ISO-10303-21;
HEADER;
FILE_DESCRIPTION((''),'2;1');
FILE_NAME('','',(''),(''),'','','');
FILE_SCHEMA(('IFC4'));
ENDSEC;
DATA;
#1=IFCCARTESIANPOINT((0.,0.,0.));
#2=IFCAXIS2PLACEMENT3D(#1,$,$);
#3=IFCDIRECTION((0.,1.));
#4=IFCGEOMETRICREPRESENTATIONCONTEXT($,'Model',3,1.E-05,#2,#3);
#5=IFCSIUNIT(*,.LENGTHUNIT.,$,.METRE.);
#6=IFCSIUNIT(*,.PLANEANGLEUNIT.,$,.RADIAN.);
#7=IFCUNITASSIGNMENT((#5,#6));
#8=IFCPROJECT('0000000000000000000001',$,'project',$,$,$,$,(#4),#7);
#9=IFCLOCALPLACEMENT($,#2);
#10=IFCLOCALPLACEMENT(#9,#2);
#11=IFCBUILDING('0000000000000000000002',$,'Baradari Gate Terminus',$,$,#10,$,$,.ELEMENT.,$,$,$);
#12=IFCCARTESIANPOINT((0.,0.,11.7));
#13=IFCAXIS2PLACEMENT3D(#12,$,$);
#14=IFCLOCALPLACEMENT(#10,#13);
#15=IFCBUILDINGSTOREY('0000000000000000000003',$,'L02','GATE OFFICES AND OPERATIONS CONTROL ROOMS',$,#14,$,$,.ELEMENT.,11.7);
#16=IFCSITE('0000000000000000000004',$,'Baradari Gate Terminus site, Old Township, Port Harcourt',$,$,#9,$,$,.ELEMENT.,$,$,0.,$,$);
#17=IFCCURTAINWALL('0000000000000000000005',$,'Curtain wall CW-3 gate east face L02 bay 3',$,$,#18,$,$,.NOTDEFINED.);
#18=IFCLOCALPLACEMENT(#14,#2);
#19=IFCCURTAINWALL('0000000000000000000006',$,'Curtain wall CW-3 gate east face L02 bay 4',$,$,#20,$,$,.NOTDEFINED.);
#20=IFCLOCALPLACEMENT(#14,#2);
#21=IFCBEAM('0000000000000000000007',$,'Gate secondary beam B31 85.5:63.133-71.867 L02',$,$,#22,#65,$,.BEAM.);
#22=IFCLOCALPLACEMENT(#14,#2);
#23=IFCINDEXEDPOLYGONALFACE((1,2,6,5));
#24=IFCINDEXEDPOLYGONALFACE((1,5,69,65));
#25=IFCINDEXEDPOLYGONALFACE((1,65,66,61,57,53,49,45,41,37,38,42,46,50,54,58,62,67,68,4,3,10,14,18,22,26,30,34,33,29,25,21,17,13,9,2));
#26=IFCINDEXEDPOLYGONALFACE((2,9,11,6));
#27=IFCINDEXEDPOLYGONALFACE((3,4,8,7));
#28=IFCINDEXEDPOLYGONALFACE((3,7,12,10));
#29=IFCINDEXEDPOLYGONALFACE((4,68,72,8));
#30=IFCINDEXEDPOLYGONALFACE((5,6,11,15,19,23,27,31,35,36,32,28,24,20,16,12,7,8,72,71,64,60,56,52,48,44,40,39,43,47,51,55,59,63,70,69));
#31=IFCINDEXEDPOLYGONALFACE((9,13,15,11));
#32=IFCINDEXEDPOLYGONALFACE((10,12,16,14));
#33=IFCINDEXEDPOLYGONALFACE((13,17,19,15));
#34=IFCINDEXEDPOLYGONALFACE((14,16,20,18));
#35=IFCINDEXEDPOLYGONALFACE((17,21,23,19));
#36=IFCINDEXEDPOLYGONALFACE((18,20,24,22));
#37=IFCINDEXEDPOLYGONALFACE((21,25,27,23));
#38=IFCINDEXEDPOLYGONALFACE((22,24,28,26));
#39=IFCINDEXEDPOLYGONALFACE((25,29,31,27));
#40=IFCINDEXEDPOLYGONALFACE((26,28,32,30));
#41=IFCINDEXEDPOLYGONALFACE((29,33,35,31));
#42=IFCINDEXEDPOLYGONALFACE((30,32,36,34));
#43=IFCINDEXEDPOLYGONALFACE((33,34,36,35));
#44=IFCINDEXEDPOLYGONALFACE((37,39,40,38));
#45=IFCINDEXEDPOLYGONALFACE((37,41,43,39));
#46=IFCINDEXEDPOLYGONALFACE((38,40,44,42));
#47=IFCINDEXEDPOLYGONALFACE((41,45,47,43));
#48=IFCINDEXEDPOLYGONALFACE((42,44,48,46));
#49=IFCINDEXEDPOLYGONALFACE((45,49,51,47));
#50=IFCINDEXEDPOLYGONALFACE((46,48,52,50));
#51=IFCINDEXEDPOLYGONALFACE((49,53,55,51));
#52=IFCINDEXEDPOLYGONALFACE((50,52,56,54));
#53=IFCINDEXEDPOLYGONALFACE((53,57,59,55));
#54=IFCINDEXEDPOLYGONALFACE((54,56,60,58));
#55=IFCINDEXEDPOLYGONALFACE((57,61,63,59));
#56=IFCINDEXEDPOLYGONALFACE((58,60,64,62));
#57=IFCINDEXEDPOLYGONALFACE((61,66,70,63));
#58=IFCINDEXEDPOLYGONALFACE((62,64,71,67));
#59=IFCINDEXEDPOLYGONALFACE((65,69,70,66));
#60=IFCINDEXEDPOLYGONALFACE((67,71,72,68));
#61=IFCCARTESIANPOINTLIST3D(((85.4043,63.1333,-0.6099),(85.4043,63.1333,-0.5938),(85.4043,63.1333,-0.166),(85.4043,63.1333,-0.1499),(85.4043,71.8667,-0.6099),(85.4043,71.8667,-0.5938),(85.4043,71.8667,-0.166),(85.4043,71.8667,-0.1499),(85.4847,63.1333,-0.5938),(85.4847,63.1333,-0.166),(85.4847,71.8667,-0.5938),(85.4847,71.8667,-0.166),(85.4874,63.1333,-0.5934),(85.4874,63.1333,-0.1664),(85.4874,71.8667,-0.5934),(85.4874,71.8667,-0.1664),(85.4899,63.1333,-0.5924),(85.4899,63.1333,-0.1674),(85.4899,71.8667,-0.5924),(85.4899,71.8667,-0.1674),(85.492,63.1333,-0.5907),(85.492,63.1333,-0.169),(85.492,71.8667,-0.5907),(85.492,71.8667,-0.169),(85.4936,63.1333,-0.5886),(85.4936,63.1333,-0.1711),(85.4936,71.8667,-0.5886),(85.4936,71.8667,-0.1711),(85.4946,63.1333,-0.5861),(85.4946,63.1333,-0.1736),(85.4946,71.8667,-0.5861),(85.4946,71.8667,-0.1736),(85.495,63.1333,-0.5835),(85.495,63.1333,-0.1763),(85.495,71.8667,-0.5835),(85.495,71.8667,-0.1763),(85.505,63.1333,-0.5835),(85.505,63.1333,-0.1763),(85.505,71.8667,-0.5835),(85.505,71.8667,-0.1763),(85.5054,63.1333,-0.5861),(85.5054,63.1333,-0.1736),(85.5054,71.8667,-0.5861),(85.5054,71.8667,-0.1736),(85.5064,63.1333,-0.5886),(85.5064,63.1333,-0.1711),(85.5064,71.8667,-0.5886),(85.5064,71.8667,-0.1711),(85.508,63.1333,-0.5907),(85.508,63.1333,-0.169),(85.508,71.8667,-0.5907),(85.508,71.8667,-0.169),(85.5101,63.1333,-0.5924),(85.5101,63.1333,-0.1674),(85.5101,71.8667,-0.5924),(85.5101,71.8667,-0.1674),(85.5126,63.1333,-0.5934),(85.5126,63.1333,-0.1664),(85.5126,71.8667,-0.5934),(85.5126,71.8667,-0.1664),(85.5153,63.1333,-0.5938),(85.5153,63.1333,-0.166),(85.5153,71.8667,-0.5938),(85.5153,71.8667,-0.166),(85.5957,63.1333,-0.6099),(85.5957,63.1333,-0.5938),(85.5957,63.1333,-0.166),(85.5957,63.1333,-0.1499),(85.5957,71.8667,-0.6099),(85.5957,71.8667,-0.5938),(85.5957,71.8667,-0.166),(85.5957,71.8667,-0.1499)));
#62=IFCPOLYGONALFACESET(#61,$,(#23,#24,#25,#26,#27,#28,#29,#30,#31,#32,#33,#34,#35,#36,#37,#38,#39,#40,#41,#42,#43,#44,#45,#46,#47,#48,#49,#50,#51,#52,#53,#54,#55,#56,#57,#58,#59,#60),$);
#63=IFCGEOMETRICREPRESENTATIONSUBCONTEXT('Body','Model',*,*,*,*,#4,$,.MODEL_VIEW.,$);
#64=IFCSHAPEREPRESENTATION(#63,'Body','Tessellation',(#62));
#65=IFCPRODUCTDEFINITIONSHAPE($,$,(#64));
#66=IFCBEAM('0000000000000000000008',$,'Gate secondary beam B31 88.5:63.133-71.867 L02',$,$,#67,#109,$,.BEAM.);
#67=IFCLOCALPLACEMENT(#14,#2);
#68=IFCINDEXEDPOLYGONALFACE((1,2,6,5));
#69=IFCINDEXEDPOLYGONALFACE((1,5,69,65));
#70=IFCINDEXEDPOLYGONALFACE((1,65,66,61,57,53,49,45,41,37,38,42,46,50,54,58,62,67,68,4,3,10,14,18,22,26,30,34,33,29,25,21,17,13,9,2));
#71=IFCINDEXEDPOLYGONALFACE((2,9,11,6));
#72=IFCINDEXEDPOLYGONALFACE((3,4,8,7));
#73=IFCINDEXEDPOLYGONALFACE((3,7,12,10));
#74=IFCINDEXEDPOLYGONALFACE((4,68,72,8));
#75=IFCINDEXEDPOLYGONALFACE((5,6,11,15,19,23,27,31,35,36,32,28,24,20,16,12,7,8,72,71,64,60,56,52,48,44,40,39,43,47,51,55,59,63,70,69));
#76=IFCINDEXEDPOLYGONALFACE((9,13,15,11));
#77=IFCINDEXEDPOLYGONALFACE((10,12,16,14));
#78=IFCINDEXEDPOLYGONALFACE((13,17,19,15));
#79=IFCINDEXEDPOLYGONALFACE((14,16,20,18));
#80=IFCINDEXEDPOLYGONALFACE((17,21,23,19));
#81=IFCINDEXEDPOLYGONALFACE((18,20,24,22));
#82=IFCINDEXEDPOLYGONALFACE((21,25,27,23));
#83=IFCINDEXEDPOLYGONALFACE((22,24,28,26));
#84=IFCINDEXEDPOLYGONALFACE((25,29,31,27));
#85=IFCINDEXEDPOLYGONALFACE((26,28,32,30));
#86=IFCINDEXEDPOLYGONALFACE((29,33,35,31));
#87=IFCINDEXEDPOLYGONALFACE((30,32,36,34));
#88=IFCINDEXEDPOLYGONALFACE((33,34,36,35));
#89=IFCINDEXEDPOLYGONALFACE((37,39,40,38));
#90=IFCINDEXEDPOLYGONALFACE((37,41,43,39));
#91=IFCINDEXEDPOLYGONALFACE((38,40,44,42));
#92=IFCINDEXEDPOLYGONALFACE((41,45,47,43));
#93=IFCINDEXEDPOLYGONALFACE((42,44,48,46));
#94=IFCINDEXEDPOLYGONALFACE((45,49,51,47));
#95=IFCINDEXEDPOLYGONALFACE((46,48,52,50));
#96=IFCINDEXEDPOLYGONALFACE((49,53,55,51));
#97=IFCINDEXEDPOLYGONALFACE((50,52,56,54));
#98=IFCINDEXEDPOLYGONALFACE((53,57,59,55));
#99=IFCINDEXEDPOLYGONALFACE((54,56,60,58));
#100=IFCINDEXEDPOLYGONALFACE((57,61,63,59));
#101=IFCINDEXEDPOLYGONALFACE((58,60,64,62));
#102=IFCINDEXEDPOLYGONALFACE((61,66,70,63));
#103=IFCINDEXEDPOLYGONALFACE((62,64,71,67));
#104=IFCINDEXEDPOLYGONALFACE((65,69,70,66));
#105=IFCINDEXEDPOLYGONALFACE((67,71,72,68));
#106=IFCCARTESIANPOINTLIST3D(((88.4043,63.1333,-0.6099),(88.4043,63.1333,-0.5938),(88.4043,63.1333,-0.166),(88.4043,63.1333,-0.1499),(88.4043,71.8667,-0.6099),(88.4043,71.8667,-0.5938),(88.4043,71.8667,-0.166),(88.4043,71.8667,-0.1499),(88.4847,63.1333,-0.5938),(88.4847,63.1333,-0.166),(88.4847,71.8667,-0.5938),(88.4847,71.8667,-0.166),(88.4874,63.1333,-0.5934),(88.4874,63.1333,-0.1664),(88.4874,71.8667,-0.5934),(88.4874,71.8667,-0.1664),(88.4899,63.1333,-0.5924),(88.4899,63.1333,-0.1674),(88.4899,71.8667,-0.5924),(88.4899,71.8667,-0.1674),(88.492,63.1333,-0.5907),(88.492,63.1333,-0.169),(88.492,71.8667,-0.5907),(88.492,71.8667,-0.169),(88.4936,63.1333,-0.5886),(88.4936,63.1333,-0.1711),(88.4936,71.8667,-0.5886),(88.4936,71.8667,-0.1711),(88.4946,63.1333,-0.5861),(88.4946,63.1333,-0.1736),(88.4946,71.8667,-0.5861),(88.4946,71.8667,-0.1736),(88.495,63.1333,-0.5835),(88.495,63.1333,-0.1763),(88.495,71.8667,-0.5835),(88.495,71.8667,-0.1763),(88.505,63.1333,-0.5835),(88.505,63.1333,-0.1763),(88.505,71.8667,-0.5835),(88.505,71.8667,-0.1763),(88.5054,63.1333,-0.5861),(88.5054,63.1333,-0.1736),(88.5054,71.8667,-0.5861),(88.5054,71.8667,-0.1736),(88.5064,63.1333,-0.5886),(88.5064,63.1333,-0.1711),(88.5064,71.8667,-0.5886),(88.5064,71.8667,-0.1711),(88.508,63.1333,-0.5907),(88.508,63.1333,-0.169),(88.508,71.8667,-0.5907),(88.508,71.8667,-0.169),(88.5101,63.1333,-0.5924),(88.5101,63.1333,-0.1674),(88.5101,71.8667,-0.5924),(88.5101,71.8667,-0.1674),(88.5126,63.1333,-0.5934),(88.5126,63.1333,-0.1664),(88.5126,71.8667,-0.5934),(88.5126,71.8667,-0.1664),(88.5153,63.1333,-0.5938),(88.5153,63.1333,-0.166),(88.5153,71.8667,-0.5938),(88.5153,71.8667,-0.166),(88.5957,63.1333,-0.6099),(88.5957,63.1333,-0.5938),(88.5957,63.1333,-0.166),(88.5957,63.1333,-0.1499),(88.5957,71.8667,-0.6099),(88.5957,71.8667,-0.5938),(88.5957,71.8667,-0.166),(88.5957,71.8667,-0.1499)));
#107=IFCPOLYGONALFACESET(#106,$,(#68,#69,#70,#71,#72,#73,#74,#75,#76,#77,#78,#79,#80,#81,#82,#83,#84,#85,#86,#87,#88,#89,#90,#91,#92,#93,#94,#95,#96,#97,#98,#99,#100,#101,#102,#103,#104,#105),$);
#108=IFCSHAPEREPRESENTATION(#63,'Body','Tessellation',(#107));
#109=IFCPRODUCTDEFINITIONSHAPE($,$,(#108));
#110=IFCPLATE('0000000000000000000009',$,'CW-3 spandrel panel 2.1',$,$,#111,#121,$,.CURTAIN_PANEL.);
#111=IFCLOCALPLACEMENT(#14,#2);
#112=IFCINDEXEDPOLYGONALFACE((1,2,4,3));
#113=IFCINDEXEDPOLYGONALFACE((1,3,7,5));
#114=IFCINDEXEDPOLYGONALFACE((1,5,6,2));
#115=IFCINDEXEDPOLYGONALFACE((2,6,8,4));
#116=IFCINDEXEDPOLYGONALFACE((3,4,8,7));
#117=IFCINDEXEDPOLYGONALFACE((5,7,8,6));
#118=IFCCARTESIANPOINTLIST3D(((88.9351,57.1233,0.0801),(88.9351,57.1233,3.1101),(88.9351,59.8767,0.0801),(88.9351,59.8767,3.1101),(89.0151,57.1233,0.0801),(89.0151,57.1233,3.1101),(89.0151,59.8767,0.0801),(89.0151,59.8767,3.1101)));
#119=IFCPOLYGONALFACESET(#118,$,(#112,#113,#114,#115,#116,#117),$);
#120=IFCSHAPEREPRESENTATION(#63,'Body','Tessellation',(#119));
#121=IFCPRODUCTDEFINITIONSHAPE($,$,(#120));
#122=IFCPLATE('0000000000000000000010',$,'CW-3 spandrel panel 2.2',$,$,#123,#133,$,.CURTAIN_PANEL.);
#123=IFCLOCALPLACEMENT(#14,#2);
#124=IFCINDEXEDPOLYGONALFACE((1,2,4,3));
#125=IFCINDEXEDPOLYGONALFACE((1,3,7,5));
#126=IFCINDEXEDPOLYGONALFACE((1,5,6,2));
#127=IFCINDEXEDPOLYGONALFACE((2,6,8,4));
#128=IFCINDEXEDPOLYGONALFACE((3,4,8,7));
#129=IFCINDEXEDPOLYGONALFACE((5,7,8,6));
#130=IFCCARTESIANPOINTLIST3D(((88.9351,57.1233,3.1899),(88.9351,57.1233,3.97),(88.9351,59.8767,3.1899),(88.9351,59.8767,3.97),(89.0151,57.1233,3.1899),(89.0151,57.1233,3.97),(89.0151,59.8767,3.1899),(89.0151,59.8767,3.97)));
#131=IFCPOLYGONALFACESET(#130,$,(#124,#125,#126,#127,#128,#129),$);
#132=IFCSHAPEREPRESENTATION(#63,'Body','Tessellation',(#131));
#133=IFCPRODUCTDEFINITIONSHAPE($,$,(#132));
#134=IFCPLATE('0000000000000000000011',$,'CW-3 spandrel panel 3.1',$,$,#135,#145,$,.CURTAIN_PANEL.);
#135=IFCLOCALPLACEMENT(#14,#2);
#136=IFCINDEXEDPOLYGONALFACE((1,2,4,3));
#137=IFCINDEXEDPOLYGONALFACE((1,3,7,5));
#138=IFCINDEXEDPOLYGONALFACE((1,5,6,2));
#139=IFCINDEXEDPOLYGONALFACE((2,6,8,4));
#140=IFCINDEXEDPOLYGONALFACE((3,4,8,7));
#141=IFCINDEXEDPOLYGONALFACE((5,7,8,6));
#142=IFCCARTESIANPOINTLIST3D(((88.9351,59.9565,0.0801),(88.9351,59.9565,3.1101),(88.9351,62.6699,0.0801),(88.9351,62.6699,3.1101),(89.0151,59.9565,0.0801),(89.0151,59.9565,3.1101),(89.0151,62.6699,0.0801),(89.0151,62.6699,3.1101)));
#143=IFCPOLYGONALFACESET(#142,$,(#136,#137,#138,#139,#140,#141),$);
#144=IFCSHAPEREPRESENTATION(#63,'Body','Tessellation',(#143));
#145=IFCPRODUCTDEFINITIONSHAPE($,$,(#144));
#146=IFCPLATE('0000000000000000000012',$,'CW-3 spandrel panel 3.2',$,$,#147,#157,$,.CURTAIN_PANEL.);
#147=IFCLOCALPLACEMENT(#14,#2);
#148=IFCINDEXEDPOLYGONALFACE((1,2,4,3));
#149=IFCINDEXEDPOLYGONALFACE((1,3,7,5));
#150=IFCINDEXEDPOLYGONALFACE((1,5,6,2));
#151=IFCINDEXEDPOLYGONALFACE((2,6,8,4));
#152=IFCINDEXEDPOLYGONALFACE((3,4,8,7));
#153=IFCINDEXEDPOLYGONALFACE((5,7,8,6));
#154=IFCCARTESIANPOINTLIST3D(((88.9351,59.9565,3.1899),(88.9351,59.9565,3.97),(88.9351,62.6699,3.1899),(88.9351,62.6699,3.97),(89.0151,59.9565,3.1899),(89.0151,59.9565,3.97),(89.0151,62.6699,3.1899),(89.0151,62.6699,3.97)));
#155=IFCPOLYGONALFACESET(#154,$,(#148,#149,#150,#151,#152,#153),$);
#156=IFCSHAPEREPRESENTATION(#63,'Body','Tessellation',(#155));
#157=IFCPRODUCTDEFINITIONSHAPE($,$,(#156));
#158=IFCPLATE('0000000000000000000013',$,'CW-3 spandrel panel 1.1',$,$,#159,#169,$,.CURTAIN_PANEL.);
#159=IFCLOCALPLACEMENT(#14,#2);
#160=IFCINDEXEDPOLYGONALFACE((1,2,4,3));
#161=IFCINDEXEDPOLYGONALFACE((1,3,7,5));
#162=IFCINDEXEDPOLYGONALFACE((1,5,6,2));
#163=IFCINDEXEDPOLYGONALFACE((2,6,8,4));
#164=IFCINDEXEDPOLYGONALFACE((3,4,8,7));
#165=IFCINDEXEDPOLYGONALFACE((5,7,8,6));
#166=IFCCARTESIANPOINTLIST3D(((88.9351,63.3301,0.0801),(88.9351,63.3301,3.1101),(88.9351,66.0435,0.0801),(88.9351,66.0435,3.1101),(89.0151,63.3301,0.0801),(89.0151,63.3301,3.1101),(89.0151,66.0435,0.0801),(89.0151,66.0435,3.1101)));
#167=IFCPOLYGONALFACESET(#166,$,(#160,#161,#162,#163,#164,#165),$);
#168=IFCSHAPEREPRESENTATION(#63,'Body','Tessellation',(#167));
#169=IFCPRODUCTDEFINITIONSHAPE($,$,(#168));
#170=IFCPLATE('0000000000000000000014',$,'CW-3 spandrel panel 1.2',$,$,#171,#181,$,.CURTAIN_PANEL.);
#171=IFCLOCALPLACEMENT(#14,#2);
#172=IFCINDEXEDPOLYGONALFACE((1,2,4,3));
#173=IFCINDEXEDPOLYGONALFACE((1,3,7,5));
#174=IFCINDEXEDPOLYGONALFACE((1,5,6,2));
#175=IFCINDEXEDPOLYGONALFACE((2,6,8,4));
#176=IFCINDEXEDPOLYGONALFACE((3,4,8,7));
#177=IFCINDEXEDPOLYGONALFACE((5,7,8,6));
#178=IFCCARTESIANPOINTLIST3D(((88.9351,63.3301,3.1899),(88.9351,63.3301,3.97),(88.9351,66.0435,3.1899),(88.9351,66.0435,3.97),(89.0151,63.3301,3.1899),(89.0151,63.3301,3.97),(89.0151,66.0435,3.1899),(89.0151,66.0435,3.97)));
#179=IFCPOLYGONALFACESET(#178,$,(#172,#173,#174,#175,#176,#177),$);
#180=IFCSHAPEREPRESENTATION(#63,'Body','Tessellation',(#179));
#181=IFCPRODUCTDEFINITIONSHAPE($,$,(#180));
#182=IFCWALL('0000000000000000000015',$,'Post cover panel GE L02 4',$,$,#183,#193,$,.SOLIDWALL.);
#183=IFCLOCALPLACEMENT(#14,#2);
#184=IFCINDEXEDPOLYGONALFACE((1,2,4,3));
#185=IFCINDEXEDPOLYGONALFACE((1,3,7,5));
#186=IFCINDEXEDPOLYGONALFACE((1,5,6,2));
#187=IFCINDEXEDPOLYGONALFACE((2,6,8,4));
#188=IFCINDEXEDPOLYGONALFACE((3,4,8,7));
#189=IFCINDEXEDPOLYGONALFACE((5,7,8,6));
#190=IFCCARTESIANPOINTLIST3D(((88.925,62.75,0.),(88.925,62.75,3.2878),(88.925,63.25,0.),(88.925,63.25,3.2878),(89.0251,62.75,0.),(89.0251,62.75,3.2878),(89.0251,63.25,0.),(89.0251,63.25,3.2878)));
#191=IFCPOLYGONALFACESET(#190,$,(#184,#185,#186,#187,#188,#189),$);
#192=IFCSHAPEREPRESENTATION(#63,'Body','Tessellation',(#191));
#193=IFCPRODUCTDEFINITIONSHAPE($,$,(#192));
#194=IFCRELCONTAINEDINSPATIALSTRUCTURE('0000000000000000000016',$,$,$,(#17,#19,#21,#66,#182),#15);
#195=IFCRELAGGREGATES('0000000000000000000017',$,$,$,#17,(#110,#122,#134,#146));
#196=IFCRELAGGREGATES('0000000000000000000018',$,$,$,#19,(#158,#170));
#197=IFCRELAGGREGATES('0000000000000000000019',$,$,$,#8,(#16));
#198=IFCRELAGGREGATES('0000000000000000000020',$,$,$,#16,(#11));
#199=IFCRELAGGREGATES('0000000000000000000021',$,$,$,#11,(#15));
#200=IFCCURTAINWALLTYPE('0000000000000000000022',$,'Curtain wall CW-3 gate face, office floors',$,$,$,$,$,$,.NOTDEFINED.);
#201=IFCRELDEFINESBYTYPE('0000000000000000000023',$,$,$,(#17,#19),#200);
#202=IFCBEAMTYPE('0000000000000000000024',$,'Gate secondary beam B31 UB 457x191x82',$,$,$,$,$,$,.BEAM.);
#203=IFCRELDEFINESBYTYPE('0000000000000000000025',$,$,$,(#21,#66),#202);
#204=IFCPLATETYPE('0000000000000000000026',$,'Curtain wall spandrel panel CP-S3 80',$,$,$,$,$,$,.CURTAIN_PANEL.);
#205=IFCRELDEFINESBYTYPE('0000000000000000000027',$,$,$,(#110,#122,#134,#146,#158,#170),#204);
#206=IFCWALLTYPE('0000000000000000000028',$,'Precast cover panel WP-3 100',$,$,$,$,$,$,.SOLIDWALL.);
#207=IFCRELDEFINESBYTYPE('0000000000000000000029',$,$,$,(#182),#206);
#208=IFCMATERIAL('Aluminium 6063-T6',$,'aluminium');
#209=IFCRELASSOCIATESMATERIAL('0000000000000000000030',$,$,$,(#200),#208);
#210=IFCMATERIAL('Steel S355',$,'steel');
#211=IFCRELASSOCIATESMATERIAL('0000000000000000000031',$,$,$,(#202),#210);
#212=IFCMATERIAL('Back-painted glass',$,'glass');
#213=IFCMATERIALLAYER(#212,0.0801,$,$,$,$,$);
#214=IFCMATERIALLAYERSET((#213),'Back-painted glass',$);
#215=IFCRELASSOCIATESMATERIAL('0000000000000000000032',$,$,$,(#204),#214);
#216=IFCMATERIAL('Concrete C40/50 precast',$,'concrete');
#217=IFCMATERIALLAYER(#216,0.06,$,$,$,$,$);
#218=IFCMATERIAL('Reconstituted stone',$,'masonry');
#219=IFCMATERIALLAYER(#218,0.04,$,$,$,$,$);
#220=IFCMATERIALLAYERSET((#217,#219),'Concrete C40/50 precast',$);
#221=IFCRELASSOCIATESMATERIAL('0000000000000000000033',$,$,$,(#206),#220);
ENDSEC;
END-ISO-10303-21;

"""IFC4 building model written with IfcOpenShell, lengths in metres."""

from ifc_helpers import new_model, si_unit, direction, frame, frame_2d, origin, origin_2d, place, context, subcontext, project, spatial, rectangle, i_section, extrude, material, layer, layer_set, material_profile, profile_set, type_object, element, aggregate, save


model = new_model("IFC4")

# Units and contexts
model_context = context("Model", 3, precision=1e-05, world=origin(), true_north=direction((0.0, 1.0)))
body_context = subcontext(model_context, "Body", "Model", "MODEL_VIEW")
ifc_project = project(units=[si_unit("LENGTHUNIT", "METRE"), si_unit("PLANEANGLEUNIT", "RADIAN")], contexts=[model_context])

# Site, building, storey
site_placement = place(None, origin())
site = spatial("IfcSite", under=ifc_project, at=site_placement, Name="Baradari Gate Terminus site, Old Township, Port Harcourt", CompositionType="ELEMENT", RefElevation=0.0)
building_placement = place(site_placement, origin())
building = spatial("IfcBuilding", under=site, at=building_placement, Name="Baradari Gate Terminus", CompositionType="ELEMENT")
storey_placement = place(building_placement, frame((0.0, 0.0, 11.7)))
storey = spatial("IfcBuildingStorey", under=building, at=storey_placement, Name="L02", Description="GATE OFFICES AND OPERATIONS CONTROL ROOMS", CompositionType="ELEMENT", Elevation=11.7)

# Curtain walls
ifc_material_1 = material(Name="Aluminium 6063-T6", Category="aluminium")
curtain_wall_type = type_object("IfcCurtainWallType", Name="Curtain wall CW-3 gate face, office floors", PredefinedType="NOTDEFINED", material=ifc_material_1)
curtain_wall_1_placement = place(storey_placement, origin())
curtain_wall_1 = element("IfcCurtainWall", 1, at=curtain_wall_1_placement, inside=storey, type_object=curtain_wall_type, Name="Curtain wall CW-3 gate east face L02 bay 3", PredefinedType="NOTDEFINED")
curtain_wall_2_placement = place(storey_placement, origin())
curtain_wall_2 = element("IfcCurtainWall", 2, at=curtain_wall_2_placement, inside=storey, type_object=curtain_wall_type, Name="Curtain wall CW-3 gate east face L02 bay 4", PredefinedType="NOTDEFINED")

# Beams
ifc_material_2 = material(Name="Steel S355", Category="steel")
ifc_material_profile_1 = material_profile(ifc_material_2, i_section(OverallWidth=0.1914, OverallDepth=0.46, WebThickness=0.01, FlangeThickness=0.0161, FilletRadius=0.0103, at=origin_2d()), Name="UB 457x191x82")
ifc_profile_set_1 = profile_set([ifc_material_profile_1], Name="Steel S355")
beam_type = type_object("IfcBeamType", Name="Gate secondary beam B31 UB 457x191x82", PredefinedType="BEAM", material=ifc_profile_set_1)
for number, where, z_axis, x_axis, name in (
    (3, (85.5, 63.1333, -0.3799), (0.0, 1.0, 0.0), (-1.0, 0.0, 0.0), "Gate secondary beam B31 85.5:63.133-71.867 L02"),
    (4, (88.5, 63.1333, -0.3799), (0.0, 1.0, 0.0), (-1.0, 0.0, 0.0), "Gate secondary beam B31 88.5:63.133-71.867 L02"),
):
    element("IfcBeam", number, at=place(storey_placement, frame(where, z_axis=z_axis, x_axis=x_axis)), inside=storey, type_object=beam_type, Name=name, PredefinedType="BEAM", context=body_context, shape_type="SweptSolid", body=[
        extrude(i_section(OverallWidth=0.1914, OverallDepth=0.46, WebThickness=0.01, FlangeThickness=0.0161, FilletRadius=0.0103, at=origin_2d()), origin(), (0.0, 0.0, 1.0), 8.7334),
    ])

# Plates
ifc_material_3 = material(Name="Back-painted glass", Category="glass")
ifc_layer_1 = layer(ifc_material_3, 0.0801)
ifc_layer_set_1 = layer_set([ifc_layer_1], Name="Back-painted glass")
plate_type = type_object("IfcPlateType", Name="Curtain wall spandrel panel CP-S3 80", PredefinedType="CURTAIN_PANEL", material=ifc_layer_set_1)
plate_1_placement = place(storey_placement, frame((88.9751, 58.5, 0.0801), z_axis=(0.0, 0.0, 1.0), x_axis=(0.0, 1.0, 0.0)))
plate_1 = element("IfcPlate", 5, at=plate_1_placement, type_object=plate_type, Name="CW-3 spandrel panel 2.1", PredefinedType="CURTAIN_PANEL", context=body_context, shape_type="SweptSolid", body=[
    extrude(rectangle(XDim=2.7534, YDim=0.0801, at=origin_2d()), origin(), (0.0, 0.0, 1.0), 3.03),
])
plate_2_placement = place(storey_placement, frame((88.9751, 58.5, 3.1899), z_axis=(0.0, 0.0, 1.0), x_axis=(0.0, 1.0, 0.0)))
plate_2 = element("IfcPlate", 6, at=plate_2_placement, type_object=plate_type, Name="CW-3 spandrel panel 2.2", PredefinedType="CURTAIN_PANEL", context=body_context, shape_type="SweptSolid", body=[
    extrude(rectangle(XDim=2.7534, YDim=0.0801, at=origin_2d()), origin(), (0.0, 0.0, 1.0), 0.78),
])
plate_3_placement = place(storey_placement, frame((88.9751, 61.3132, 0.0801), z_axis=(0.0, 0.0, 1.0), x_axis=(0.0, 1.0, 0.0)))
plate_3 = element("IfcPlate", 7, at=plate_3_placement, type_object=plate_type, Name="CW-3 spandrel panel 3.1", PredefinedType="CURTAIN_PANEL", context=body_context, shape_type="SweptSolid", body=[
    extrude(rectangle(XDim=2.7134, YDim=0.0801, at=origin_2d()), origin(), (0.0, 0.0, 1.0), 3.03),
])
plate_4_placement = place(storey_placement, frame((88.9751, 61.3132, 3.1899), z_axis=(0.0, 0.0, 1.0), x_axis=(0.0, 1.0, 0.0)))
plate_4 = element("IfcPlate", 8, at=plate_4_placement, type_object=plate_type, Name="CW-3 spandrel panel 3.2", PredefinedType="CURTAIN_PANEL", context=body_context, shape_type="SweptSolid", body=[
    extrude(rectangle(XDim=2.7134, YDim=0.0801, at=origin_2d()), origin(), (0.0, 0.0, 1.0), 0.78),
])
aggregate(curtain_wall_1, [plate_1, plate_2, plate_3, plate_4])
plate_5_placement = place(storey_placement, frame((88.9751, 64.6868, 0.0801), z_axis=(0.0, 0.0, 1.0), x_axis=(0.0, 1.0, 0.0)))
plate_5 = element("IfcPlate", 9, at=plate_5_placement, type_object=plate_type, Name="CW-3 spandrel panel 1.1", PredefinedType="CURTAIN_PANEL", context=body_context, shape_type="SweptSolid", body=[
    extrude(rectangle(XDim=2.7134, YDim=0.0801, at=origin_2d()), origin(), (0.0, 0.0, 1.0), 3.03),
])
plate_6_placement = place(storey_placement, frame((88.9751, 64.6868, 3.1899), z_axis=(0.0, 0.0, 1.0), x_axis=(0.0, 1.0, 0.0)))
plate_6 = element("IfcPlate", 10, at=plate_6_placement, type_object=plate_type, Name="CW-3 spandrel panel 1.2", PredefinedType="CURTAIN_PANEL", context=body_context, shape_type="SweptSolid", body=[
    extrude(rectangle(XDim=2.7134, YDim=0.0801, at=origin_2d()), origin(), (0.0, 0.0, 1.0), 0.78),
])
aggregate(curtain_wall_2, [plate_5, plate_6])

# Wall
ifc_material_4 = material(Name="Concrete C40/50 precast", Category="concrete")
ifc_layer_2 = layer(ifc_material_4, 0.06)
ifc_material_5 = material(Name="Reconstituted stone", Category="masonry")
ifc_layer_3 = layer(ifc_material_5, 0.04)
ifc_layer_set_2 = layer_set([ifc_layer_2, ifc_layer_3], Name="Concrete C40/50 precast")
wall_type = type_object("IfcWallType", Name="Precast cover panel WP-3 100", PredefinedType="SOLIDWALL", material=ifc_layer_set_2)
wall_placement = place(storey_placement, frame((88.9751, 62.75, 0.0), z_axis=(0.0, 0.0, 1.0), x_axis=(0.0, 1.0, 0.0)))
element("IfcWall", 11, at=wall_placement, inside=storey, type_object=wall_type, Name="Post cover panel GE L02 4", PredefinedType="SOLIDWALL", context=body_context, shape_type="SweptSolid", body=[
    extrude(rectangle(XDim=0.5, YDim=0.1001, at=frame_2d((0.25, 0.0))), origin(), (0.0, 0.0, 1.0), 3.2878),
])

save(model, "model.ifc")
